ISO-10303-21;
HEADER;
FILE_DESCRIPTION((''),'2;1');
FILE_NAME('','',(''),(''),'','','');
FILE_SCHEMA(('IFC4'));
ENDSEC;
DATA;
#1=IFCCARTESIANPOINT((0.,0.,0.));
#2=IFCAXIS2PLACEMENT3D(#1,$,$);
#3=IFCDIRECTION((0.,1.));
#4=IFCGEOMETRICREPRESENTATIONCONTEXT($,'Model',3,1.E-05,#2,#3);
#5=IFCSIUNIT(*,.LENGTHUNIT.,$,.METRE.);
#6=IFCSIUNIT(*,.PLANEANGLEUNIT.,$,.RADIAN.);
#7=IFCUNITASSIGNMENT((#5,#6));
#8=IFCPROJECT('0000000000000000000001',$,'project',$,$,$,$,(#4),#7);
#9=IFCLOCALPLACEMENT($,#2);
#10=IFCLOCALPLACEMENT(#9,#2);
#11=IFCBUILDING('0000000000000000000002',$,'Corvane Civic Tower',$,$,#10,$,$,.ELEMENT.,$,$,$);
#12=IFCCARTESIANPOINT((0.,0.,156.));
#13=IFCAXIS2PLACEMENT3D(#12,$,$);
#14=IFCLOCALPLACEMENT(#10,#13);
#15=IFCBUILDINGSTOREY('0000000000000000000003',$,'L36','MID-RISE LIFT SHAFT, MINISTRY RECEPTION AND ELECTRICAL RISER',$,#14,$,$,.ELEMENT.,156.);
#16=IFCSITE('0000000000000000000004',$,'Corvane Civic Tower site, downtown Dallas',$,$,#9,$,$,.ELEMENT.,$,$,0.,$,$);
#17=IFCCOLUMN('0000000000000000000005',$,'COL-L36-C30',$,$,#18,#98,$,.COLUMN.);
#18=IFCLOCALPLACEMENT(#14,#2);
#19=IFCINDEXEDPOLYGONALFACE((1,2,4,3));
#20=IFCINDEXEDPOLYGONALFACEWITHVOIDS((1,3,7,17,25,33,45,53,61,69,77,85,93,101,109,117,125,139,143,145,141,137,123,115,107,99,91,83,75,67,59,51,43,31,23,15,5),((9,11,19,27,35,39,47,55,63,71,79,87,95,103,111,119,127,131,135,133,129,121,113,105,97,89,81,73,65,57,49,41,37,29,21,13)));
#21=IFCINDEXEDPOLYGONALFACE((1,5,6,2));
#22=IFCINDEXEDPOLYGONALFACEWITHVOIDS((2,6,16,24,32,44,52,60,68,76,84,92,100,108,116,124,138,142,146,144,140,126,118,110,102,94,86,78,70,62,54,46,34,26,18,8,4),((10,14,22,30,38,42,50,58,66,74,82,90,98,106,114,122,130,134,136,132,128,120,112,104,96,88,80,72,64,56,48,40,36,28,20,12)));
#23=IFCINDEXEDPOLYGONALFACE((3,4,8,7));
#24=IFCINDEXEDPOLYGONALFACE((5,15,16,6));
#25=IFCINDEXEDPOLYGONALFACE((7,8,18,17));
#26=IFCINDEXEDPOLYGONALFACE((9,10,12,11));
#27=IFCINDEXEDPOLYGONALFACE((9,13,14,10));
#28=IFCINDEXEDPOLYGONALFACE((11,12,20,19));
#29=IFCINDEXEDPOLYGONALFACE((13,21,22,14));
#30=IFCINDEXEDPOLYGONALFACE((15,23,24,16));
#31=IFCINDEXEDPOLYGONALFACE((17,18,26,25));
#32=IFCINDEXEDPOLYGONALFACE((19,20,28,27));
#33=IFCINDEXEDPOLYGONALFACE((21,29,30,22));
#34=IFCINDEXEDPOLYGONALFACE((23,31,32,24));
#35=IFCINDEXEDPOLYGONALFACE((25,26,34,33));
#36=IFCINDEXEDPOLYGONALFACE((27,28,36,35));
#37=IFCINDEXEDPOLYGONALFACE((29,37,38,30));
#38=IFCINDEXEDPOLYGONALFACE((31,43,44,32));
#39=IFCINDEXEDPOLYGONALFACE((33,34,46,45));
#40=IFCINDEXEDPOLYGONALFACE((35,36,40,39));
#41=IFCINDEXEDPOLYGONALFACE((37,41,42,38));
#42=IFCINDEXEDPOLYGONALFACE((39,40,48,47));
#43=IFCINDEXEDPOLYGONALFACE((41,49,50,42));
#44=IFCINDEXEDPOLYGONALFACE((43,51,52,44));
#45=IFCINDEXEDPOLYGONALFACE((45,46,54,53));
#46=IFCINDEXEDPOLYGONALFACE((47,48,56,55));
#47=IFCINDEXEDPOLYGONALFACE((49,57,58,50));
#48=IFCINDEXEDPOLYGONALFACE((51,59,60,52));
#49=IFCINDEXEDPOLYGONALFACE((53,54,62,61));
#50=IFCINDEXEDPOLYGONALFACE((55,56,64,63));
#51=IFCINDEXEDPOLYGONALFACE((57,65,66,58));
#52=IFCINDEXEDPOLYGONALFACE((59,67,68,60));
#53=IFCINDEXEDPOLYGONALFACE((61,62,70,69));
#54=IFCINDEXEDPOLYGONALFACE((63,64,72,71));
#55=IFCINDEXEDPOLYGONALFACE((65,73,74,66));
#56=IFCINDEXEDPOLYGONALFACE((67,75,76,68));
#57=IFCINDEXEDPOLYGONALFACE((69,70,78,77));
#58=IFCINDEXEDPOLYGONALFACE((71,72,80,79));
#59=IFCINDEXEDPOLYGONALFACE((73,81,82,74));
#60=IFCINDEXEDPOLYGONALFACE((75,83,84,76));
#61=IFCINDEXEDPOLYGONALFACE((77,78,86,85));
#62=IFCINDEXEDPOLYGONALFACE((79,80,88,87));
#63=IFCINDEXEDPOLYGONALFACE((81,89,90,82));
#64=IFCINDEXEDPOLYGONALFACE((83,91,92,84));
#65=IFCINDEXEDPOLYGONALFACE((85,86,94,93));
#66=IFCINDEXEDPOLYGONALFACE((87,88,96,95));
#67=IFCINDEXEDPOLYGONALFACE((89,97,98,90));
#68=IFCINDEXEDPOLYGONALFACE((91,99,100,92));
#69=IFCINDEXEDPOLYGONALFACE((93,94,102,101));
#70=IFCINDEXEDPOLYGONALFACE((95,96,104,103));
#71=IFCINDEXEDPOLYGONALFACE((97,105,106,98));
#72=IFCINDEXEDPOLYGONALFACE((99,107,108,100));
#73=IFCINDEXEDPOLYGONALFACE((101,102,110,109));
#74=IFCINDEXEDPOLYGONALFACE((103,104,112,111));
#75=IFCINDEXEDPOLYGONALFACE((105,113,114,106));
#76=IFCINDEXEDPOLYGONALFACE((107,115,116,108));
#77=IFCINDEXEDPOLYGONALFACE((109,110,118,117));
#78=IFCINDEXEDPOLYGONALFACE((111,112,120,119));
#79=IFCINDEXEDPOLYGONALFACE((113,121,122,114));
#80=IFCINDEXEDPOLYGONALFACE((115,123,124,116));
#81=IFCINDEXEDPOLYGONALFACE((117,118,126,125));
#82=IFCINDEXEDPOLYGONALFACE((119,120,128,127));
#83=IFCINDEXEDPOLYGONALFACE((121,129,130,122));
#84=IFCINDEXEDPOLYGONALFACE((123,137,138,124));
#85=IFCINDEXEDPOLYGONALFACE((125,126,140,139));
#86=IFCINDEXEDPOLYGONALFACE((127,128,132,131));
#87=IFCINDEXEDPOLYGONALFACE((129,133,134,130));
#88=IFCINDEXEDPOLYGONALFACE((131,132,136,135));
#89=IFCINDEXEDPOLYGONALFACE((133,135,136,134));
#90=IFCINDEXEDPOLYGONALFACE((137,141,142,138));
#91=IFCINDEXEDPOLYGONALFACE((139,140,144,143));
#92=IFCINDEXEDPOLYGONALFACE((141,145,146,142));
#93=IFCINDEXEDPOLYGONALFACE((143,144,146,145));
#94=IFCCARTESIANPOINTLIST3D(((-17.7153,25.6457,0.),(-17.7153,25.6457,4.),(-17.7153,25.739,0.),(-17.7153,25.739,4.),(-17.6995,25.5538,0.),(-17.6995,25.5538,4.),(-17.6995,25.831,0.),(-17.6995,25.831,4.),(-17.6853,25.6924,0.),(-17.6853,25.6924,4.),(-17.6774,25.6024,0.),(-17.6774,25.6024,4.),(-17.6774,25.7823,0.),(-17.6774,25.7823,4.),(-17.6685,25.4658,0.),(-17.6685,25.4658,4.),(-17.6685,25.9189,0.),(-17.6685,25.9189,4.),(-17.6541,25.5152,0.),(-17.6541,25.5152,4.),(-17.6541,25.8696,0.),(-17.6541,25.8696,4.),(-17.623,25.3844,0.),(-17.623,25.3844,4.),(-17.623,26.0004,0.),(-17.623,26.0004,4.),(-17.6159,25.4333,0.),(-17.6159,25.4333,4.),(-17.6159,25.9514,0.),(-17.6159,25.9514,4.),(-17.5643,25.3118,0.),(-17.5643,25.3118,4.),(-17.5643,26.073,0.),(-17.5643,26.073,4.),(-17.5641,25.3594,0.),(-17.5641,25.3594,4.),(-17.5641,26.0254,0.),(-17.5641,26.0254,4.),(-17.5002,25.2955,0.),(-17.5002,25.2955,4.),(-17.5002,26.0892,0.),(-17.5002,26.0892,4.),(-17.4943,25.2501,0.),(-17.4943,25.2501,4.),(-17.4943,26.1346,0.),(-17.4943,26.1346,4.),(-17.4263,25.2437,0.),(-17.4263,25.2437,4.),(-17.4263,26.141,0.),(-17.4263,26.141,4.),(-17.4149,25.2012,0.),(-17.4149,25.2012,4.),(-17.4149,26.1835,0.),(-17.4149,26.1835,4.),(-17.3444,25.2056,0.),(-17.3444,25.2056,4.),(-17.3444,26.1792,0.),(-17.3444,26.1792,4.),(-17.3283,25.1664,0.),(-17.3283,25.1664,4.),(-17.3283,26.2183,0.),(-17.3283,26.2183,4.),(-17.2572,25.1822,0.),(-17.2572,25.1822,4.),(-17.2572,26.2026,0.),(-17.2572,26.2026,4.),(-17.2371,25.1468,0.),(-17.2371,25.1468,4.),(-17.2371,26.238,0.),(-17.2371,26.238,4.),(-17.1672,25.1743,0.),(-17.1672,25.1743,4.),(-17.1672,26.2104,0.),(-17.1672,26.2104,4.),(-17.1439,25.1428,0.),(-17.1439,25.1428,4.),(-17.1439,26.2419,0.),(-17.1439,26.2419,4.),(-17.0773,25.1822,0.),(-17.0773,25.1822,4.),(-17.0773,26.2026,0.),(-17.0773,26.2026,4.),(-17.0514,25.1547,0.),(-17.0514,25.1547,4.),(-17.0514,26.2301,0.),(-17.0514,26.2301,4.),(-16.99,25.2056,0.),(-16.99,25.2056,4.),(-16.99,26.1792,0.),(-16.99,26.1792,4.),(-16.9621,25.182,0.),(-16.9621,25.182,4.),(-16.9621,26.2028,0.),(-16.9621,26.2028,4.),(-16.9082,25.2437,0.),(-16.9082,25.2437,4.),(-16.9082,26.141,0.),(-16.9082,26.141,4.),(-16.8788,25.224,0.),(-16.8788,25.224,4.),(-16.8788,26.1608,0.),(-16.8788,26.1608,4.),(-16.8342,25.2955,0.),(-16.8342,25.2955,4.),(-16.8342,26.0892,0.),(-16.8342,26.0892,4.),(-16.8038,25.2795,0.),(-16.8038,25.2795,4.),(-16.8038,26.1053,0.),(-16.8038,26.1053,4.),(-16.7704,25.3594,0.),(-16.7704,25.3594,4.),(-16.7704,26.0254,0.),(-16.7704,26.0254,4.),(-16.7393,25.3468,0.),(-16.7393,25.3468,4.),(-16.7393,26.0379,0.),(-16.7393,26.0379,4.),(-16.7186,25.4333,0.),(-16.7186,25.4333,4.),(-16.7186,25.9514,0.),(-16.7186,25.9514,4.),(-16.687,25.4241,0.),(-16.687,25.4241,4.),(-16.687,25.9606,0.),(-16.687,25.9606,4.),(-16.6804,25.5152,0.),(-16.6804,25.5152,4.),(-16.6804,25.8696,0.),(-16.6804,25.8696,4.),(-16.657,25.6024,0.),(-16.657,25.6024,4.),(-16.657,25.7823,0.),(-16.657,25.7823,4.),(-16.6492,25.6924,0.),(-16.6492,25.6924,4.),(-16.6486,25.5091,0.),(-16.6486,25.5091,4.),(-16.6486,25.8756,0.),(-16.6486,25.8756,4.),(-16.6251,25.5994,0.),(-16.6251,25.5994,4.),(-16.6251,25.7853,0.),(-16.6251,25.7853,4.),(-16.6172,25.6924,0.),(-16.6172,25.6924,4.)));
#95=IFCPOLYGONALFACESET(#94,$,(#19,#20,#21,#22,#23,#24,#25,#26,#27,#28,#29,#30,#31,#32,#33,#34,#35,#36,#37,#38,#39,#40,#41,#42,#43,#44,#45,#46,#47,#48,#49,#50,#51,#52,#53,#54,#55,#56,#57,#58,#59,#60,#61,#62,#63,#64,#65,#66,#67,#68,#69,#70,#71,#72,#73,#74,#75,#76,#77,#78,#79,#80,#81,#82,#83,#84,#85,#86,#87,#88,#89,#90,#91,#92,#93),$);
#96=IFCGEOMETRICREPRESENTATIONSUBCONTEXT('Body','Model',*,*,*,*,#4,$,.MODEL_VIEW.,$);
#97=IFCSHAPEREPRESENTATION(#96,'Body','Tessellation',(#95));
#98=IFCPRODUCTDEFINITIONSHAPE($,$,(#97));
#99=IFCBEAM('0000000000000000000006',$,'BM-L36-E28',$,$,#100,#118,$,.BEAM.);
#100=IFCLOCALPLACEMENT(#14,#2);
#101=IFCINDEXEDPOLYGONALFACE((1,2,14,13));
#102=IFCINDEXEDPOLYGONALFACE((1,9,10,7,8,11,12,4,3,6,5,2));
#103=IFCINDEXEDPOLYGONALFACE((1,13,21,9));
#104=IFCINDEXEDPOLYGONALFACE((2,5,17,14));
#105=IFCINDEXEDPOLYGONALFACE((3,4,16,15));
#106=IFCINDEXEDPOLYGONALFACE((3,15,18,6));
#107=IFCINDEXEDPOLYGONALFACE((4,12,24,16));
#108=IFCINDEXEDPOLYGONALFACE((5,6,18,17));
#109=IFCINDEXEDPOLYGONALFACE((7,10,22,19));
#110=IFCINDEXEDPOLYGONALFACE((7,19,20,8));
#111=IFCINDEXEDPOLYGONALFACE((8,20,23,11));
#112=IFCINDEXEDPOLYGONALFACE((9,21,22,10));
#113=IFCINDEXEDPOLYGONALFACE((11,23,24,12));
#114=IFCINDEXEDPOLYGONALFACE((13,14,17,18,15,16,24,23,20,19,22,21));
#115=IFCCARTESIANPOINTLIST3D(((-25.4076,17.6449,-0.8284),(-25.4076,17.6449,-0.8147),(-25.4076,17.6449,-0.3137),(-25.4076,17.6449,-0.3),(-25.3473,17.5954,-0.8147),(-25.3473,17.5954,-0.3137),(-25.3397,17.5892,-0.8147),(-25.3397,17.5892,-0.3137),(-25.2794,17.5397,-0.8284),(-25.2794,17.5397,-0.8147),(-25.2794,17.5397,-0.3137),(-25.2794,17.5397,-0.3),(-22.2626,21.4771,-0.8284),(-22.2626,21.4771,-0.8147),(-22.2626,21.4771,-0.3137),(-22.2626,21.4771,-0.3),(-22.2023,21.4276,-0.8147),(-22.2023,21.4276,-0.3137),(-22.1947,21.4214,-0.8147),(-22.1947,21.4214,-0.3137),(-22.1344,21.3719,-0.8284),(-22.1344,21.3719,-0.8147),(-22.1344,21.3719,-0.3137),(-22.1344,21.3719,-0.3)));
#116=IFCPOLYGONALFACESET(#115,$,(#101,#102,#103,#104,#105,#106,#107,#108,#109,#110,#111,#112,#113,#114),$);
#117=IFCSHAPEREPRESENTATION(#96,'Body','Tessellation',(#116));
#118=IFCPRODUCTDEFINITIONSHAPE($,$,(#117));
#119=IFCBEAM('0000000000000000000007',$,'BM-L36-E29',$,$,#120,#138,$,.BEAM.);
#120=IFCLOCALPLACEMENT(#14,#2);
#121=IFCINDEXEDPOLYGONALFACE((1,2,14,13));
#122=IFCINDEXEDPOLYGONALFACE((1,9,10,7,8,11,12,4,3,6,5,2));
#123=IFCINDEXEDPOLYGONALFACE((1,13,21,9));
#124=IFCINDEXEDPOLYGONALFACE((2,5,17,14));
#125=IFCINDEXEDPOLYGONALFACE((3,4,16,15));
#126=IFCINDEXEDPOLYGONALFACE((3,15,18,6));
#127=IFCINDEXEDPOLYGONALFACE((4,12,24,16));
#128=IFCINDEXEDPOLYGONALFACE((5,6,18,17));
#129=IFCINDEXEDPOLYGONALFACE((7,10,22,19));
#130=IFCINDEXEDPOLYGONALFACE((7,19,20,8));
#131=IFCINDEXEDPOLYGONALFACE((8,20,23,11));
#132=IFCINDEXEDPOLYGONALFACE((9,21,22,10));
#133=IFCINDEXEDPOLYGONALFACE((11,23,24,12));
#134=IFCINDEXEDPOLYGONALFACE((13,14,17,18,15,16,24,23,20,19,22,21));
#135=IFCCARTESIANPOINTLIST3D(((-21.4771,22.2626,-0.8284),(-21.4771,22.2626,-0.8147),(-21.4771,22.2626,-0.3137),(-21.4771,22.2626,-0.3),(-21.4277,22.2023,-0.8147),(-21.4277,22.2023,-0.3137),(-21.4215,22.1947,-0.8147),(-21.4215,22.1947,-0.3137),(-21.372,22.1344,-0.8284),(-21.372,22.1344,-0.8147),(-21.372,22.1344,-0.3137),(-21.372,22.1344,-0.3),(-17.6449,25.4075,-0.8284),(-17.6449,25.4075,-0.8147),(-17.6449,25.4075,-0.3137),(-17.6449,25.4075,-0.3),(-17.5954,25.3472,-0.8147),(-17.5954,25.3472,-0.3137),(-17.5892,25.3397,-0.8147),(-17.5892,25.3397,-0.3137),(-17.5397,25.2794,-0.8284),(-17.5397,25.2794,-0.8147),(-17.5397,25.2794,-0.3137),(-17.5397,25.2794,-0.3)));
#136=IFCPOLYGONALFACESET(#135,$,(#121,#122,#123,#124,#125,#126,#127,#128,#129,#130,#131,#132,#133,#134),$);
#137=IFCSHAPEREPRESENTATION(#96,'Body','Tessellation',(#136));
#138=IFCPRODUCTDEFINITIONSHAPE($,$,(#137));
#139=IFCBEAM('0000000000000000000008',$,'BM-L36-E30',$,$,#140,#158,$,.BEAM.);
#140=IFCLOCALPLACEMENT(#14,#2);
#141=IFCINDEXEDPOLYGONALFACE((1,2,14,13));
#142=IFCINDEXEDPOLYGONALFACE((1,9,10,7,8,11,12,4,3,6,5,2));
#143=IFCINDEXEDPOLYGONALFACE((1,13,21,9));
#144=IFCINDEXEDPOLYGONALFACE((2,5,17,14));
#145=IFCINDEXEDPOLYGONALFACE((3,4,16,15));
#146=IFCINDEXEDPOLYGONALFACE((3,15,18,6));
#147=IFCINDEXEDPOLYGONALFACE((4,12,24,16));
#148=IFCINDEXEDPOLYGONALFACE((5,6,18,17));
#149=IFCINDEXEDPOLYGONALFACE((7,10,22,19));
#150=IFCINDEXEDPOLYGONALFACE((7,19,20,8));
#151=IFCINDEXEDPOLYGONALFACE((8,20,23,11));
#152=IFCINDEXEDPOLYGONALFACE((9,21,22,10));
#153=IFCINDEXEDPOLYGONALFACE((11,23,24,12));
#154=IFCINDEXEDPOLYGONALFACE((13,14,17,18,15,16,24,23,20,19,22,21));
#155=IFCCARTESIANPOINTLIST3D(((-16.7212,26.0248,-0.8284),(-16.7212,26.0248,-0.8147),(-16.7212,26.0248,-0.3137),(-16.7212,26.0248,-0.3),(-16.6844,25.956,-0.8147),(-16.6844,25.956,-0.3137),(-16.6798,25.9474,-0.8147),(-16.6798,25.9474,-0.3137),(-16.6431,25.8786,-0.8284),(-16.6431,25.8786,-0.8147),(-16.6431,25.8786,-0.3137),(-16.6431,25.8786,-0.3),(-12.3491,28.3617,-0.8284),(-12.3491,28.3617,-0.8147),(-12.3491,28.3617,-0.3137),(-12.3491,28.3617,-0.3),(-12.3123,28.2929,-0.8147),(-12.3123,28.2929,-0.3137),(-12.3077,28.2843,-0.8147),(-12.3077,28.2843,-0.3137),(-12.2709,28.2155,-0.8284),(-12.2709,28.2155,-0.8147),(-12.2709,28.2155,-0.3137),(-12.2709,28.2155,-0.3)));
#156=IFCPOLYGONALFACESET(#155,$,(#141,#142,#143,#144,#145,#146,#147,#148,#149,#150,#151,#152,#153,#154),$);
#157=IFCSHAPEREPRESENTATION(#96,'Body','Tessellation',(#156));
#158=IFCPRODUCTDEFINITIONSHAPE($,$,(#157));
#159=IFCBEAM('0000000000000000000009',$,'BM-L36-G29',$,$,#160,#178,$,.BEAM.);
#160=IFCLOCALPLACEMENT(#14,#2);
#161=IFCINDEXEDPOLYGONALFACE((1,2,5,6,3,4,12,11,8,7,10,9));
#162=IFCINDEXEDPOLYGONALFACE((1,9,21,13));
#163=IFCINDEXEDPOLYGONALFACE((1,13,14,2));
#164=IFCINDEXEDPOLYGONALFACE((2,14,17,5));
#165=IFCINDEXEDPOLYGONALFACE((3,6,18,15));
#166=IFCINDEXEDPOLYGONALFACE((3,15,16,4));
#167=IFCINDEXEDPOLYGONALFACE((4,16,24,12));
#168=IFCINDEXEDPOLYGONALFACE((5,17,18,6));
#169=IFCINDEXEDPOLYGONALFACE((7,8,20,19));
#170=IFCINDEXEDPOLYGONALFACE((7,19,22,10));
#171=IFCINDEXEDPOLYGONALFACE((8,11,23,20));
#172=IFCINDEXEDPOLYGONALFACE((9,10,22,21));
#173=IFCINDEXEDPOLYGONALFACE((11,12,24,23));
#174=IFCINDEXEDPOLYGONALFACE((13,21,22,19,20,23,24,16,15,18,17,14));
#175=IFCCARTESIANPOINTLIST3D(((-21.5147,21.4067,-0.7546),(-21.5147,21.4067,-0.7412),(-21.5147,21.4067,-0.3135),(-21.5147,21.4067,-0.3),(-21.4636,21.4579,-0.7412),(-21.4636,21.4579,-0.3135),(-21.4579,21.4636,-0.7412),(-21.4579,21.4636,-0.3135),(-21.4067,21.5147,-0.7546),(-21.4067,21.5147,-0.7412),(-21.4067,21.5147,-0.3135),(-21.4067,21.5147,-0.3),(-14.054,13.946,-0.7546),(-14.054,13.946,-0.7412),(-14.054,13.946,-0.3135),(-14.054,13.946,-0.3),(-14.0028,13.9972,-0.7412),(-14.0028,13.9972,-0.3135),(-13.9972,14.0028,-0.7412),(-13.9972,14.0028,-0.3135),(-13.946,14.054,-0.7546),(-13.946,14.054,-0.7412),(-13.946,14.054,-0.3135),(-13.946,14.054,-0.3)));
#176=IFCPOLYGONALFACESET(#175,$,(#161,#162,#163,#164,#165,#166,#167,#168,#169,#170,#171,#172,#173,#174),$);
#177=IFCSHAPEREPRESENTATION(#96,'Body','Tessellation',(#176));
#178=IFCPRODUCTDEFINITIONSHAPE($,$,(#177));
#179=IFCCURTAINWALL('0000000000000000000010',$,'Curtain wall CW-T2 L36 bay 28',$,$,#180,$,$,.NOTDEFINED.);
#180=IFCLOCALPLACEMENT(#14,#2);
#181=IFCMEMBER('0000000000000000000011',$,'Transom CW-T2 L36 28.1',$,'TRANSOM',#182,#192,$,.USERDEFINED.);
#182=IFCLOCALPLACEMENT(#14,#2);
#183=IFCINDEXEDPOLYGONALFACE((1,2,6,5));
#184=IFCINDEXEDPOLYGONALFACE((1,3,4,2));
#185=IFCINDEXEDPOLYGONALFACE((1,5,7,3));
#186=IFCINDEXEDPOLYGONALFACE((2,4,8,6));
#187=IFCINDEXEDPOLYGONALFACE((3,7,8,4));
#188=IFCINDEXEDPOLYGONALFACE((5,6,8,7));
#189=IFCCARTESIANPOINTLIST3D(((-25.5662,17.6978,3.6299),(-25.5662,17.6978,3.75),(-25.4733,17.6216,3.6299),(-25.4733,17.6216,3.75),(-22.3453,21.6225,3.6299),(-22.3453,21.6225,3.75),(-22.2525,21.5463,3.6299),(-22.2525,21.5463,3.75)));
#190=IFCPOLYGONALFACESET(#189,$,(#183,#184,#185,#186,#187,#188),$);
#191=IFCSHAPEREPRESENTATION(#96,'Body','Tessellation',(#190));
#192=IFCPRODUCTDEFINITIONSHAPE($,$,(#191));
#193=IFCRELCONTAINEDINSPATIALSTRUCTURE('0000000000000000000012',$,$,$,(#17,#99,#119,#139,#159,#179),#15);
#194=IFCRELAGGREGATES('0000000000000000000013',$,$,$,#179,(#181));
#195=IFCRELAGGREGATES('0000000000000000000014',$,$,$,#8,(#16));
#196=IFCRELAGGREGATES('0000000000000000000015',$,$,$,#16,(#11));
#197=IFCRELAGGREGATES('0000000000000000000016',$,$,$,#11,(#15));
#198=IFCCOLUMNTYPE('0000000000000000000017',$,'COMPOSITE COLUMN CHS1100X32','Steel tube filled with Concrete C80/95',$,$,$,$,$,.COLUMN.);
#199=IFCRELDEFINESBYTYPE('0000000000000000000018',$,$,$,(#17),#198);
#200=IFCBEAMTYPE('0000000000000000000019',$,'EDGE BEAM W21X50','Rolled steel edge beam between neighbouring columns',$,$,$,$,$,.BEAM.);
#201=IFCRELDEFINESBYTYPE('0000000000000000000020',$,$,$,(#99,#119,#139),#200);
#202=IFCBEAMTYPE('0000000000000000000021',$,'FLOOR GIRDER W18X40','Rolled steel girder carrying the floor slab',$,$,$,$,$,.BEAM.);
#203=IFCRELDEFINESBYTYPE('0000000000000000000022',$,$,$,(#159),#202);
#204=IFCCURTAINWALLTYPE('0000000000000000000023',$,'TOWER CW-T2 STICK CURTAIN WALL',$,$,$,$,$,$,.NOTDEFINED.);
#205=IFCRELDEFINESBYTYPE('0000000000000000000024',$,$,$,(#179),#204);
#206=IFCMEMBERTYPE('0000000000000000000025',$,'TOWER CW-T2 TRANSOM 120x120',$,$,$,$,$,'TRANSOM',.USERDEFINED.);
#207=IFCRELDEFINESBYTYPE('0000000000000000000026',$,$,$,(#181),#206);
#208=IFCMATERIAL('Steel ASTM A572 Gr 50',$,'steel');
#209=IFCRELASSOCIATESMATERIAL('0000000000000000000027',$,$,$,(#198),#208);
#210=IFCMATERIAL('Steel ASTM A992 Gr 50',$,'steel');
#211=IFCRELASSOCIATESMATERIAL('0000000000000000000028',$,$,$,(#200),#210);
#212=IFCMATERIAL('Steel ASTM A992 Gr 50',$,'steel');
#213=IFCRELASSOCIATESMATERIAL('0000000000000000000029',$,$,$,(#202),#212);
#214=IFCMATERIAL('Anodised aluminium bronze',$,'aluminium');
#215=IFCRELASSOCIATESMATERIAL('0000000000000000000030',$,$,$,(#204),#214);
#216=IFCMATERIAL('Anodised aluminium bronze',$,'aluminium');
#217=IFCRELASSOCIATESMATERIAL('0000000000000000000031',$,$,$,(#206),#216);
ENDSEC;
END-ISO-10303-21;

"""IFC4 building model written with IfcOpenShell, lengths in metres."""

from ifc_helpers import new_model, si_unit, direction, frame, origin, origin_2d, place, context, subcontext, project, spatial, rectangle, hollow_circle, i_section, extrude, material, material_profile, profile_set, type_object, element, aggregate, save


model = new_model("IFC4")

# Units and contexts
model_context = context("Model", 3, precision=1e-05, world=origin(), true_north=direction((0.0, 1.0)))
body_context = subcontext(model_context, "Body", "Model", "MODEL_VIEW")
ifc_project = project(units=[si_unit("LENGTHUNIT", "METRE"), si_unit("PLANEANGLEUNIT", "RADIAN")], contexts=[model_context])

# Site, building, storey
site_placement = place(None, origin())
site = spatial("IfcSite", under=ifc_project, at=site_placement, Name="Corvane Civic Tower site, downtown Dallas", CompositionType="ELEMENT", RefElevation=0.0)
building_placement = place(site_placement, origin())
building = spatial("IfcBuilding", under=site, at=building_placement, Name="Corvane Civic Tower", CompositionType="ELEMENT")
storey_placement = place(building_placement, frame((0.0, 0.0, 156.0)))
storey = spatial("IfcBuildingStorey", under=building, at=storey_placement, Name="L36", Description="MID-RISE LIFT SHAFT, MINISTRY RECEPTION AND ELECTRICAL RISER", CompositionType="ELEMENT", Elevation=156.0)

# Column
ifc_material_1 = material(Name="Steel ASTM A572 Gr 50", Category="steel")
ifc_material_profile_1 = material_profile(ifc_material_1, hollow_circle(Radius=0.55, WallThickness=0.032, at=origin_2d()), Name="CHS1100X32")
ifc_profile_set_1 = profile_set([ifc_material_profile_1], Name="Steel ASTM A572 Gr 50")
column_type = type_object("IfcColumnType", Name="COMPOSITE COLUMN CHS1100X32", Description="Steel tube filled with Concrete C80/95", PredefinedType="COLUMN", material=ifc_profile_set_1)
for number, where, z_axis, x_axis, name in (
    (1, (-17.1672, 25.6924, 0.0), (0.0, 0.0, 1.0), (1.0, 0.0, 0.0), "COL-L36-C30"),
):
    element("IfcColumn", number, at=place(storey_placement, frame(where, z_axis=z_axis, x_axis=x_axis)), inside=storey, type_object=column_type, Name=name, PredefinedType="COLUMN", context=body_context, shape_type="SweptSolid", body=[
        extrude(hollow_circle(Radius=0.55, WallThickness=0.032, at=origin_2d()), origin(), (0.0, 0.0, 1.0), 4.0),
    ])

# Beams
ifc_material_2 = material(Name="Steel ASTM A992 Gr 50", Category="steel")
ifc_material_profile_2 = material_profile(ifc_material_2, i_section(OverallWidth=0.1658, OverallDepth=0.5283, WebThickness=0.0098, FlangeThickness=0.0137, at=origin_2d()), Name="W21X50")
ifc_profile_set_2 = profile_set([ifc_material_profile_2], Name="Steel ASTM A992 Gr 50")
beam_type_1 = type_object("IfcBeamType", Name="EDGE BEAM W21X50", Description="Rolled steel edge beam between neighbouring columns", PredefinedType="BEAM", material=ifc_profile_set_2)
for number, where, z_axis, x_axis, name in (
    (2, (-25.3435, 17.5923, -0.5642), (0.634388, 0.773015, 0.0), (-0.773015, 0.634388, 0.0), "BM-L36-E28"),
    (3, (-21.4246, 22.1985, -0.5642), (0.773015, 0.634388, 0.0), (-0.634388, 0.773015, 0.0), "BM-L36-E29"),
    (4, (-16.6821, 25.9517, -0.5642), (0.881922, 0.471396, 0.0), (-0.471396, 0.881922, 0.0), "BM-L36-E30"),
):
    element("IfcBeam", number, at=place(storey_placement, frame(where, z_axis=z_axis, x_axis=x_axis)), inside=storey, type_object=beam_type_1, Name=name, PredefinedType="BEAM", context=body_context, shape_type="SweptSolid", body=[
        extrude(i_section(OverallWidth=0.1658, OverallDepth=0.5283, WebThickness=0.0098, FlangeThickness=0.0137, at=origin_2d()), origin(), (0.0, 0.0, 1.0), 4.9575),
    ])
ifc_material_3 = material(Name="Steel ASTM A992 Gr 50", Category="steel")
ifc_material_profile_3 = material_profile(ifc_material_3, i_section(OverallWidth=0.1528, OverallDepth=0.4546, WebThickness=0.0081, FlangeThickness=0.0134, at=origin_2d()), Name="W18X40")
ifc_profile_set_3 = profile_set([ifc_material_profile_3], Name="Steel ASTM A992 Gr 50")
beam_type_2 = type_object("IfcBeamType", Name="FLOOR GIRDER W18X40", Description="Rolled steel girder carrying the floor slab", PredefinedType="BEAM", material=ifc_profile_set_3)
beam_placement = place(storey_placement, frame((-14.0, 14.0, -0.5273), z_axis=(-0.707107, 0.707107, 0.0), x_axis=(-0.707107, -0.707107, 0.0)))
element("IfcBeam", 5, at=beam_placement, inside=storey, type_object=beam_type_2, Name="BM-L36-G29", PredefinedType="BEAM", context=body_context, shape_type="SweptSolid", body=[
    extrude(i_section(OverallWidth=0.1528, OverallDepth=0.4546, WebThickness=0.0081, FlangeThickness=0.0134, at=origin_2d()), origin(), (0.0, 0.0, 1.0), 10.551),
])

# Curtain wall, member
ifc_material_4 = material(Name="Anodised aluminium bronze", Category="aluminium")
curtain_wall_type = type_object("IfcCurtainWallType", Name="TOWER CW-T2 STICK CURTAIN WALL", PredefinedType="NOTDEFINED", material=ifc_material_4)
curtain_wall_1_placement = place(storey_placement, origin())
curtain_wall_1 = element("IfcCurtainWall", 6, at=curtain_wall_1_placement, inside=storey, type_object=curtain_wall_type, Name="Curtain wall CW-T2 L36 bay 28", PredefinedType="NOTDEFINED")
ifc_material_5 = material(Name="Anodised aluminium bronze", Category="aluminium")
ifc_material_profile_4 = material_profile(ifc_material_5, rectangle(XDim=0.1201, YDim=0.1201, at=origin_2d()), Name="TOWER CW-T2 TRANSOM 120x120")
ifc_profile_set_4 = profile_set([ifc_material_profile_4], Name="Anodised aluminium bronze")
member_type = type_object("IfcMemberType", Name="TOWER CW-T2 TRANSOM 120x120", ElementType="TRANSOM", PredefinedType="USERDEFINED", material=ifc_profile_set_4)
member_1_placement = place(storey_placement, frame((-25.5198, 17.6597, 3.6899), z_axis=(0.634387, 0.773016, 0.0), x_axis=(-0.773016, 0.634387, 0.0)))
member_1 = element("IfcMember", 7, at=member_1_placement, type_object=member_type, Name="Transom CW-T2 L36 28.1", ObjectType="TRANSOM", PredefinedType="USERDEFINED", context=body_context, shape_type="SweptSolid", body=[
    extrude(rectangle(XDim=0.1201, YDim=0.1201, at=origin_2d()), origin(), (0.0, 0.0, 1.0), 5.0771),
])

aggregate(curtain_wall_1, [member_1])

save(model, "model.ifc")
